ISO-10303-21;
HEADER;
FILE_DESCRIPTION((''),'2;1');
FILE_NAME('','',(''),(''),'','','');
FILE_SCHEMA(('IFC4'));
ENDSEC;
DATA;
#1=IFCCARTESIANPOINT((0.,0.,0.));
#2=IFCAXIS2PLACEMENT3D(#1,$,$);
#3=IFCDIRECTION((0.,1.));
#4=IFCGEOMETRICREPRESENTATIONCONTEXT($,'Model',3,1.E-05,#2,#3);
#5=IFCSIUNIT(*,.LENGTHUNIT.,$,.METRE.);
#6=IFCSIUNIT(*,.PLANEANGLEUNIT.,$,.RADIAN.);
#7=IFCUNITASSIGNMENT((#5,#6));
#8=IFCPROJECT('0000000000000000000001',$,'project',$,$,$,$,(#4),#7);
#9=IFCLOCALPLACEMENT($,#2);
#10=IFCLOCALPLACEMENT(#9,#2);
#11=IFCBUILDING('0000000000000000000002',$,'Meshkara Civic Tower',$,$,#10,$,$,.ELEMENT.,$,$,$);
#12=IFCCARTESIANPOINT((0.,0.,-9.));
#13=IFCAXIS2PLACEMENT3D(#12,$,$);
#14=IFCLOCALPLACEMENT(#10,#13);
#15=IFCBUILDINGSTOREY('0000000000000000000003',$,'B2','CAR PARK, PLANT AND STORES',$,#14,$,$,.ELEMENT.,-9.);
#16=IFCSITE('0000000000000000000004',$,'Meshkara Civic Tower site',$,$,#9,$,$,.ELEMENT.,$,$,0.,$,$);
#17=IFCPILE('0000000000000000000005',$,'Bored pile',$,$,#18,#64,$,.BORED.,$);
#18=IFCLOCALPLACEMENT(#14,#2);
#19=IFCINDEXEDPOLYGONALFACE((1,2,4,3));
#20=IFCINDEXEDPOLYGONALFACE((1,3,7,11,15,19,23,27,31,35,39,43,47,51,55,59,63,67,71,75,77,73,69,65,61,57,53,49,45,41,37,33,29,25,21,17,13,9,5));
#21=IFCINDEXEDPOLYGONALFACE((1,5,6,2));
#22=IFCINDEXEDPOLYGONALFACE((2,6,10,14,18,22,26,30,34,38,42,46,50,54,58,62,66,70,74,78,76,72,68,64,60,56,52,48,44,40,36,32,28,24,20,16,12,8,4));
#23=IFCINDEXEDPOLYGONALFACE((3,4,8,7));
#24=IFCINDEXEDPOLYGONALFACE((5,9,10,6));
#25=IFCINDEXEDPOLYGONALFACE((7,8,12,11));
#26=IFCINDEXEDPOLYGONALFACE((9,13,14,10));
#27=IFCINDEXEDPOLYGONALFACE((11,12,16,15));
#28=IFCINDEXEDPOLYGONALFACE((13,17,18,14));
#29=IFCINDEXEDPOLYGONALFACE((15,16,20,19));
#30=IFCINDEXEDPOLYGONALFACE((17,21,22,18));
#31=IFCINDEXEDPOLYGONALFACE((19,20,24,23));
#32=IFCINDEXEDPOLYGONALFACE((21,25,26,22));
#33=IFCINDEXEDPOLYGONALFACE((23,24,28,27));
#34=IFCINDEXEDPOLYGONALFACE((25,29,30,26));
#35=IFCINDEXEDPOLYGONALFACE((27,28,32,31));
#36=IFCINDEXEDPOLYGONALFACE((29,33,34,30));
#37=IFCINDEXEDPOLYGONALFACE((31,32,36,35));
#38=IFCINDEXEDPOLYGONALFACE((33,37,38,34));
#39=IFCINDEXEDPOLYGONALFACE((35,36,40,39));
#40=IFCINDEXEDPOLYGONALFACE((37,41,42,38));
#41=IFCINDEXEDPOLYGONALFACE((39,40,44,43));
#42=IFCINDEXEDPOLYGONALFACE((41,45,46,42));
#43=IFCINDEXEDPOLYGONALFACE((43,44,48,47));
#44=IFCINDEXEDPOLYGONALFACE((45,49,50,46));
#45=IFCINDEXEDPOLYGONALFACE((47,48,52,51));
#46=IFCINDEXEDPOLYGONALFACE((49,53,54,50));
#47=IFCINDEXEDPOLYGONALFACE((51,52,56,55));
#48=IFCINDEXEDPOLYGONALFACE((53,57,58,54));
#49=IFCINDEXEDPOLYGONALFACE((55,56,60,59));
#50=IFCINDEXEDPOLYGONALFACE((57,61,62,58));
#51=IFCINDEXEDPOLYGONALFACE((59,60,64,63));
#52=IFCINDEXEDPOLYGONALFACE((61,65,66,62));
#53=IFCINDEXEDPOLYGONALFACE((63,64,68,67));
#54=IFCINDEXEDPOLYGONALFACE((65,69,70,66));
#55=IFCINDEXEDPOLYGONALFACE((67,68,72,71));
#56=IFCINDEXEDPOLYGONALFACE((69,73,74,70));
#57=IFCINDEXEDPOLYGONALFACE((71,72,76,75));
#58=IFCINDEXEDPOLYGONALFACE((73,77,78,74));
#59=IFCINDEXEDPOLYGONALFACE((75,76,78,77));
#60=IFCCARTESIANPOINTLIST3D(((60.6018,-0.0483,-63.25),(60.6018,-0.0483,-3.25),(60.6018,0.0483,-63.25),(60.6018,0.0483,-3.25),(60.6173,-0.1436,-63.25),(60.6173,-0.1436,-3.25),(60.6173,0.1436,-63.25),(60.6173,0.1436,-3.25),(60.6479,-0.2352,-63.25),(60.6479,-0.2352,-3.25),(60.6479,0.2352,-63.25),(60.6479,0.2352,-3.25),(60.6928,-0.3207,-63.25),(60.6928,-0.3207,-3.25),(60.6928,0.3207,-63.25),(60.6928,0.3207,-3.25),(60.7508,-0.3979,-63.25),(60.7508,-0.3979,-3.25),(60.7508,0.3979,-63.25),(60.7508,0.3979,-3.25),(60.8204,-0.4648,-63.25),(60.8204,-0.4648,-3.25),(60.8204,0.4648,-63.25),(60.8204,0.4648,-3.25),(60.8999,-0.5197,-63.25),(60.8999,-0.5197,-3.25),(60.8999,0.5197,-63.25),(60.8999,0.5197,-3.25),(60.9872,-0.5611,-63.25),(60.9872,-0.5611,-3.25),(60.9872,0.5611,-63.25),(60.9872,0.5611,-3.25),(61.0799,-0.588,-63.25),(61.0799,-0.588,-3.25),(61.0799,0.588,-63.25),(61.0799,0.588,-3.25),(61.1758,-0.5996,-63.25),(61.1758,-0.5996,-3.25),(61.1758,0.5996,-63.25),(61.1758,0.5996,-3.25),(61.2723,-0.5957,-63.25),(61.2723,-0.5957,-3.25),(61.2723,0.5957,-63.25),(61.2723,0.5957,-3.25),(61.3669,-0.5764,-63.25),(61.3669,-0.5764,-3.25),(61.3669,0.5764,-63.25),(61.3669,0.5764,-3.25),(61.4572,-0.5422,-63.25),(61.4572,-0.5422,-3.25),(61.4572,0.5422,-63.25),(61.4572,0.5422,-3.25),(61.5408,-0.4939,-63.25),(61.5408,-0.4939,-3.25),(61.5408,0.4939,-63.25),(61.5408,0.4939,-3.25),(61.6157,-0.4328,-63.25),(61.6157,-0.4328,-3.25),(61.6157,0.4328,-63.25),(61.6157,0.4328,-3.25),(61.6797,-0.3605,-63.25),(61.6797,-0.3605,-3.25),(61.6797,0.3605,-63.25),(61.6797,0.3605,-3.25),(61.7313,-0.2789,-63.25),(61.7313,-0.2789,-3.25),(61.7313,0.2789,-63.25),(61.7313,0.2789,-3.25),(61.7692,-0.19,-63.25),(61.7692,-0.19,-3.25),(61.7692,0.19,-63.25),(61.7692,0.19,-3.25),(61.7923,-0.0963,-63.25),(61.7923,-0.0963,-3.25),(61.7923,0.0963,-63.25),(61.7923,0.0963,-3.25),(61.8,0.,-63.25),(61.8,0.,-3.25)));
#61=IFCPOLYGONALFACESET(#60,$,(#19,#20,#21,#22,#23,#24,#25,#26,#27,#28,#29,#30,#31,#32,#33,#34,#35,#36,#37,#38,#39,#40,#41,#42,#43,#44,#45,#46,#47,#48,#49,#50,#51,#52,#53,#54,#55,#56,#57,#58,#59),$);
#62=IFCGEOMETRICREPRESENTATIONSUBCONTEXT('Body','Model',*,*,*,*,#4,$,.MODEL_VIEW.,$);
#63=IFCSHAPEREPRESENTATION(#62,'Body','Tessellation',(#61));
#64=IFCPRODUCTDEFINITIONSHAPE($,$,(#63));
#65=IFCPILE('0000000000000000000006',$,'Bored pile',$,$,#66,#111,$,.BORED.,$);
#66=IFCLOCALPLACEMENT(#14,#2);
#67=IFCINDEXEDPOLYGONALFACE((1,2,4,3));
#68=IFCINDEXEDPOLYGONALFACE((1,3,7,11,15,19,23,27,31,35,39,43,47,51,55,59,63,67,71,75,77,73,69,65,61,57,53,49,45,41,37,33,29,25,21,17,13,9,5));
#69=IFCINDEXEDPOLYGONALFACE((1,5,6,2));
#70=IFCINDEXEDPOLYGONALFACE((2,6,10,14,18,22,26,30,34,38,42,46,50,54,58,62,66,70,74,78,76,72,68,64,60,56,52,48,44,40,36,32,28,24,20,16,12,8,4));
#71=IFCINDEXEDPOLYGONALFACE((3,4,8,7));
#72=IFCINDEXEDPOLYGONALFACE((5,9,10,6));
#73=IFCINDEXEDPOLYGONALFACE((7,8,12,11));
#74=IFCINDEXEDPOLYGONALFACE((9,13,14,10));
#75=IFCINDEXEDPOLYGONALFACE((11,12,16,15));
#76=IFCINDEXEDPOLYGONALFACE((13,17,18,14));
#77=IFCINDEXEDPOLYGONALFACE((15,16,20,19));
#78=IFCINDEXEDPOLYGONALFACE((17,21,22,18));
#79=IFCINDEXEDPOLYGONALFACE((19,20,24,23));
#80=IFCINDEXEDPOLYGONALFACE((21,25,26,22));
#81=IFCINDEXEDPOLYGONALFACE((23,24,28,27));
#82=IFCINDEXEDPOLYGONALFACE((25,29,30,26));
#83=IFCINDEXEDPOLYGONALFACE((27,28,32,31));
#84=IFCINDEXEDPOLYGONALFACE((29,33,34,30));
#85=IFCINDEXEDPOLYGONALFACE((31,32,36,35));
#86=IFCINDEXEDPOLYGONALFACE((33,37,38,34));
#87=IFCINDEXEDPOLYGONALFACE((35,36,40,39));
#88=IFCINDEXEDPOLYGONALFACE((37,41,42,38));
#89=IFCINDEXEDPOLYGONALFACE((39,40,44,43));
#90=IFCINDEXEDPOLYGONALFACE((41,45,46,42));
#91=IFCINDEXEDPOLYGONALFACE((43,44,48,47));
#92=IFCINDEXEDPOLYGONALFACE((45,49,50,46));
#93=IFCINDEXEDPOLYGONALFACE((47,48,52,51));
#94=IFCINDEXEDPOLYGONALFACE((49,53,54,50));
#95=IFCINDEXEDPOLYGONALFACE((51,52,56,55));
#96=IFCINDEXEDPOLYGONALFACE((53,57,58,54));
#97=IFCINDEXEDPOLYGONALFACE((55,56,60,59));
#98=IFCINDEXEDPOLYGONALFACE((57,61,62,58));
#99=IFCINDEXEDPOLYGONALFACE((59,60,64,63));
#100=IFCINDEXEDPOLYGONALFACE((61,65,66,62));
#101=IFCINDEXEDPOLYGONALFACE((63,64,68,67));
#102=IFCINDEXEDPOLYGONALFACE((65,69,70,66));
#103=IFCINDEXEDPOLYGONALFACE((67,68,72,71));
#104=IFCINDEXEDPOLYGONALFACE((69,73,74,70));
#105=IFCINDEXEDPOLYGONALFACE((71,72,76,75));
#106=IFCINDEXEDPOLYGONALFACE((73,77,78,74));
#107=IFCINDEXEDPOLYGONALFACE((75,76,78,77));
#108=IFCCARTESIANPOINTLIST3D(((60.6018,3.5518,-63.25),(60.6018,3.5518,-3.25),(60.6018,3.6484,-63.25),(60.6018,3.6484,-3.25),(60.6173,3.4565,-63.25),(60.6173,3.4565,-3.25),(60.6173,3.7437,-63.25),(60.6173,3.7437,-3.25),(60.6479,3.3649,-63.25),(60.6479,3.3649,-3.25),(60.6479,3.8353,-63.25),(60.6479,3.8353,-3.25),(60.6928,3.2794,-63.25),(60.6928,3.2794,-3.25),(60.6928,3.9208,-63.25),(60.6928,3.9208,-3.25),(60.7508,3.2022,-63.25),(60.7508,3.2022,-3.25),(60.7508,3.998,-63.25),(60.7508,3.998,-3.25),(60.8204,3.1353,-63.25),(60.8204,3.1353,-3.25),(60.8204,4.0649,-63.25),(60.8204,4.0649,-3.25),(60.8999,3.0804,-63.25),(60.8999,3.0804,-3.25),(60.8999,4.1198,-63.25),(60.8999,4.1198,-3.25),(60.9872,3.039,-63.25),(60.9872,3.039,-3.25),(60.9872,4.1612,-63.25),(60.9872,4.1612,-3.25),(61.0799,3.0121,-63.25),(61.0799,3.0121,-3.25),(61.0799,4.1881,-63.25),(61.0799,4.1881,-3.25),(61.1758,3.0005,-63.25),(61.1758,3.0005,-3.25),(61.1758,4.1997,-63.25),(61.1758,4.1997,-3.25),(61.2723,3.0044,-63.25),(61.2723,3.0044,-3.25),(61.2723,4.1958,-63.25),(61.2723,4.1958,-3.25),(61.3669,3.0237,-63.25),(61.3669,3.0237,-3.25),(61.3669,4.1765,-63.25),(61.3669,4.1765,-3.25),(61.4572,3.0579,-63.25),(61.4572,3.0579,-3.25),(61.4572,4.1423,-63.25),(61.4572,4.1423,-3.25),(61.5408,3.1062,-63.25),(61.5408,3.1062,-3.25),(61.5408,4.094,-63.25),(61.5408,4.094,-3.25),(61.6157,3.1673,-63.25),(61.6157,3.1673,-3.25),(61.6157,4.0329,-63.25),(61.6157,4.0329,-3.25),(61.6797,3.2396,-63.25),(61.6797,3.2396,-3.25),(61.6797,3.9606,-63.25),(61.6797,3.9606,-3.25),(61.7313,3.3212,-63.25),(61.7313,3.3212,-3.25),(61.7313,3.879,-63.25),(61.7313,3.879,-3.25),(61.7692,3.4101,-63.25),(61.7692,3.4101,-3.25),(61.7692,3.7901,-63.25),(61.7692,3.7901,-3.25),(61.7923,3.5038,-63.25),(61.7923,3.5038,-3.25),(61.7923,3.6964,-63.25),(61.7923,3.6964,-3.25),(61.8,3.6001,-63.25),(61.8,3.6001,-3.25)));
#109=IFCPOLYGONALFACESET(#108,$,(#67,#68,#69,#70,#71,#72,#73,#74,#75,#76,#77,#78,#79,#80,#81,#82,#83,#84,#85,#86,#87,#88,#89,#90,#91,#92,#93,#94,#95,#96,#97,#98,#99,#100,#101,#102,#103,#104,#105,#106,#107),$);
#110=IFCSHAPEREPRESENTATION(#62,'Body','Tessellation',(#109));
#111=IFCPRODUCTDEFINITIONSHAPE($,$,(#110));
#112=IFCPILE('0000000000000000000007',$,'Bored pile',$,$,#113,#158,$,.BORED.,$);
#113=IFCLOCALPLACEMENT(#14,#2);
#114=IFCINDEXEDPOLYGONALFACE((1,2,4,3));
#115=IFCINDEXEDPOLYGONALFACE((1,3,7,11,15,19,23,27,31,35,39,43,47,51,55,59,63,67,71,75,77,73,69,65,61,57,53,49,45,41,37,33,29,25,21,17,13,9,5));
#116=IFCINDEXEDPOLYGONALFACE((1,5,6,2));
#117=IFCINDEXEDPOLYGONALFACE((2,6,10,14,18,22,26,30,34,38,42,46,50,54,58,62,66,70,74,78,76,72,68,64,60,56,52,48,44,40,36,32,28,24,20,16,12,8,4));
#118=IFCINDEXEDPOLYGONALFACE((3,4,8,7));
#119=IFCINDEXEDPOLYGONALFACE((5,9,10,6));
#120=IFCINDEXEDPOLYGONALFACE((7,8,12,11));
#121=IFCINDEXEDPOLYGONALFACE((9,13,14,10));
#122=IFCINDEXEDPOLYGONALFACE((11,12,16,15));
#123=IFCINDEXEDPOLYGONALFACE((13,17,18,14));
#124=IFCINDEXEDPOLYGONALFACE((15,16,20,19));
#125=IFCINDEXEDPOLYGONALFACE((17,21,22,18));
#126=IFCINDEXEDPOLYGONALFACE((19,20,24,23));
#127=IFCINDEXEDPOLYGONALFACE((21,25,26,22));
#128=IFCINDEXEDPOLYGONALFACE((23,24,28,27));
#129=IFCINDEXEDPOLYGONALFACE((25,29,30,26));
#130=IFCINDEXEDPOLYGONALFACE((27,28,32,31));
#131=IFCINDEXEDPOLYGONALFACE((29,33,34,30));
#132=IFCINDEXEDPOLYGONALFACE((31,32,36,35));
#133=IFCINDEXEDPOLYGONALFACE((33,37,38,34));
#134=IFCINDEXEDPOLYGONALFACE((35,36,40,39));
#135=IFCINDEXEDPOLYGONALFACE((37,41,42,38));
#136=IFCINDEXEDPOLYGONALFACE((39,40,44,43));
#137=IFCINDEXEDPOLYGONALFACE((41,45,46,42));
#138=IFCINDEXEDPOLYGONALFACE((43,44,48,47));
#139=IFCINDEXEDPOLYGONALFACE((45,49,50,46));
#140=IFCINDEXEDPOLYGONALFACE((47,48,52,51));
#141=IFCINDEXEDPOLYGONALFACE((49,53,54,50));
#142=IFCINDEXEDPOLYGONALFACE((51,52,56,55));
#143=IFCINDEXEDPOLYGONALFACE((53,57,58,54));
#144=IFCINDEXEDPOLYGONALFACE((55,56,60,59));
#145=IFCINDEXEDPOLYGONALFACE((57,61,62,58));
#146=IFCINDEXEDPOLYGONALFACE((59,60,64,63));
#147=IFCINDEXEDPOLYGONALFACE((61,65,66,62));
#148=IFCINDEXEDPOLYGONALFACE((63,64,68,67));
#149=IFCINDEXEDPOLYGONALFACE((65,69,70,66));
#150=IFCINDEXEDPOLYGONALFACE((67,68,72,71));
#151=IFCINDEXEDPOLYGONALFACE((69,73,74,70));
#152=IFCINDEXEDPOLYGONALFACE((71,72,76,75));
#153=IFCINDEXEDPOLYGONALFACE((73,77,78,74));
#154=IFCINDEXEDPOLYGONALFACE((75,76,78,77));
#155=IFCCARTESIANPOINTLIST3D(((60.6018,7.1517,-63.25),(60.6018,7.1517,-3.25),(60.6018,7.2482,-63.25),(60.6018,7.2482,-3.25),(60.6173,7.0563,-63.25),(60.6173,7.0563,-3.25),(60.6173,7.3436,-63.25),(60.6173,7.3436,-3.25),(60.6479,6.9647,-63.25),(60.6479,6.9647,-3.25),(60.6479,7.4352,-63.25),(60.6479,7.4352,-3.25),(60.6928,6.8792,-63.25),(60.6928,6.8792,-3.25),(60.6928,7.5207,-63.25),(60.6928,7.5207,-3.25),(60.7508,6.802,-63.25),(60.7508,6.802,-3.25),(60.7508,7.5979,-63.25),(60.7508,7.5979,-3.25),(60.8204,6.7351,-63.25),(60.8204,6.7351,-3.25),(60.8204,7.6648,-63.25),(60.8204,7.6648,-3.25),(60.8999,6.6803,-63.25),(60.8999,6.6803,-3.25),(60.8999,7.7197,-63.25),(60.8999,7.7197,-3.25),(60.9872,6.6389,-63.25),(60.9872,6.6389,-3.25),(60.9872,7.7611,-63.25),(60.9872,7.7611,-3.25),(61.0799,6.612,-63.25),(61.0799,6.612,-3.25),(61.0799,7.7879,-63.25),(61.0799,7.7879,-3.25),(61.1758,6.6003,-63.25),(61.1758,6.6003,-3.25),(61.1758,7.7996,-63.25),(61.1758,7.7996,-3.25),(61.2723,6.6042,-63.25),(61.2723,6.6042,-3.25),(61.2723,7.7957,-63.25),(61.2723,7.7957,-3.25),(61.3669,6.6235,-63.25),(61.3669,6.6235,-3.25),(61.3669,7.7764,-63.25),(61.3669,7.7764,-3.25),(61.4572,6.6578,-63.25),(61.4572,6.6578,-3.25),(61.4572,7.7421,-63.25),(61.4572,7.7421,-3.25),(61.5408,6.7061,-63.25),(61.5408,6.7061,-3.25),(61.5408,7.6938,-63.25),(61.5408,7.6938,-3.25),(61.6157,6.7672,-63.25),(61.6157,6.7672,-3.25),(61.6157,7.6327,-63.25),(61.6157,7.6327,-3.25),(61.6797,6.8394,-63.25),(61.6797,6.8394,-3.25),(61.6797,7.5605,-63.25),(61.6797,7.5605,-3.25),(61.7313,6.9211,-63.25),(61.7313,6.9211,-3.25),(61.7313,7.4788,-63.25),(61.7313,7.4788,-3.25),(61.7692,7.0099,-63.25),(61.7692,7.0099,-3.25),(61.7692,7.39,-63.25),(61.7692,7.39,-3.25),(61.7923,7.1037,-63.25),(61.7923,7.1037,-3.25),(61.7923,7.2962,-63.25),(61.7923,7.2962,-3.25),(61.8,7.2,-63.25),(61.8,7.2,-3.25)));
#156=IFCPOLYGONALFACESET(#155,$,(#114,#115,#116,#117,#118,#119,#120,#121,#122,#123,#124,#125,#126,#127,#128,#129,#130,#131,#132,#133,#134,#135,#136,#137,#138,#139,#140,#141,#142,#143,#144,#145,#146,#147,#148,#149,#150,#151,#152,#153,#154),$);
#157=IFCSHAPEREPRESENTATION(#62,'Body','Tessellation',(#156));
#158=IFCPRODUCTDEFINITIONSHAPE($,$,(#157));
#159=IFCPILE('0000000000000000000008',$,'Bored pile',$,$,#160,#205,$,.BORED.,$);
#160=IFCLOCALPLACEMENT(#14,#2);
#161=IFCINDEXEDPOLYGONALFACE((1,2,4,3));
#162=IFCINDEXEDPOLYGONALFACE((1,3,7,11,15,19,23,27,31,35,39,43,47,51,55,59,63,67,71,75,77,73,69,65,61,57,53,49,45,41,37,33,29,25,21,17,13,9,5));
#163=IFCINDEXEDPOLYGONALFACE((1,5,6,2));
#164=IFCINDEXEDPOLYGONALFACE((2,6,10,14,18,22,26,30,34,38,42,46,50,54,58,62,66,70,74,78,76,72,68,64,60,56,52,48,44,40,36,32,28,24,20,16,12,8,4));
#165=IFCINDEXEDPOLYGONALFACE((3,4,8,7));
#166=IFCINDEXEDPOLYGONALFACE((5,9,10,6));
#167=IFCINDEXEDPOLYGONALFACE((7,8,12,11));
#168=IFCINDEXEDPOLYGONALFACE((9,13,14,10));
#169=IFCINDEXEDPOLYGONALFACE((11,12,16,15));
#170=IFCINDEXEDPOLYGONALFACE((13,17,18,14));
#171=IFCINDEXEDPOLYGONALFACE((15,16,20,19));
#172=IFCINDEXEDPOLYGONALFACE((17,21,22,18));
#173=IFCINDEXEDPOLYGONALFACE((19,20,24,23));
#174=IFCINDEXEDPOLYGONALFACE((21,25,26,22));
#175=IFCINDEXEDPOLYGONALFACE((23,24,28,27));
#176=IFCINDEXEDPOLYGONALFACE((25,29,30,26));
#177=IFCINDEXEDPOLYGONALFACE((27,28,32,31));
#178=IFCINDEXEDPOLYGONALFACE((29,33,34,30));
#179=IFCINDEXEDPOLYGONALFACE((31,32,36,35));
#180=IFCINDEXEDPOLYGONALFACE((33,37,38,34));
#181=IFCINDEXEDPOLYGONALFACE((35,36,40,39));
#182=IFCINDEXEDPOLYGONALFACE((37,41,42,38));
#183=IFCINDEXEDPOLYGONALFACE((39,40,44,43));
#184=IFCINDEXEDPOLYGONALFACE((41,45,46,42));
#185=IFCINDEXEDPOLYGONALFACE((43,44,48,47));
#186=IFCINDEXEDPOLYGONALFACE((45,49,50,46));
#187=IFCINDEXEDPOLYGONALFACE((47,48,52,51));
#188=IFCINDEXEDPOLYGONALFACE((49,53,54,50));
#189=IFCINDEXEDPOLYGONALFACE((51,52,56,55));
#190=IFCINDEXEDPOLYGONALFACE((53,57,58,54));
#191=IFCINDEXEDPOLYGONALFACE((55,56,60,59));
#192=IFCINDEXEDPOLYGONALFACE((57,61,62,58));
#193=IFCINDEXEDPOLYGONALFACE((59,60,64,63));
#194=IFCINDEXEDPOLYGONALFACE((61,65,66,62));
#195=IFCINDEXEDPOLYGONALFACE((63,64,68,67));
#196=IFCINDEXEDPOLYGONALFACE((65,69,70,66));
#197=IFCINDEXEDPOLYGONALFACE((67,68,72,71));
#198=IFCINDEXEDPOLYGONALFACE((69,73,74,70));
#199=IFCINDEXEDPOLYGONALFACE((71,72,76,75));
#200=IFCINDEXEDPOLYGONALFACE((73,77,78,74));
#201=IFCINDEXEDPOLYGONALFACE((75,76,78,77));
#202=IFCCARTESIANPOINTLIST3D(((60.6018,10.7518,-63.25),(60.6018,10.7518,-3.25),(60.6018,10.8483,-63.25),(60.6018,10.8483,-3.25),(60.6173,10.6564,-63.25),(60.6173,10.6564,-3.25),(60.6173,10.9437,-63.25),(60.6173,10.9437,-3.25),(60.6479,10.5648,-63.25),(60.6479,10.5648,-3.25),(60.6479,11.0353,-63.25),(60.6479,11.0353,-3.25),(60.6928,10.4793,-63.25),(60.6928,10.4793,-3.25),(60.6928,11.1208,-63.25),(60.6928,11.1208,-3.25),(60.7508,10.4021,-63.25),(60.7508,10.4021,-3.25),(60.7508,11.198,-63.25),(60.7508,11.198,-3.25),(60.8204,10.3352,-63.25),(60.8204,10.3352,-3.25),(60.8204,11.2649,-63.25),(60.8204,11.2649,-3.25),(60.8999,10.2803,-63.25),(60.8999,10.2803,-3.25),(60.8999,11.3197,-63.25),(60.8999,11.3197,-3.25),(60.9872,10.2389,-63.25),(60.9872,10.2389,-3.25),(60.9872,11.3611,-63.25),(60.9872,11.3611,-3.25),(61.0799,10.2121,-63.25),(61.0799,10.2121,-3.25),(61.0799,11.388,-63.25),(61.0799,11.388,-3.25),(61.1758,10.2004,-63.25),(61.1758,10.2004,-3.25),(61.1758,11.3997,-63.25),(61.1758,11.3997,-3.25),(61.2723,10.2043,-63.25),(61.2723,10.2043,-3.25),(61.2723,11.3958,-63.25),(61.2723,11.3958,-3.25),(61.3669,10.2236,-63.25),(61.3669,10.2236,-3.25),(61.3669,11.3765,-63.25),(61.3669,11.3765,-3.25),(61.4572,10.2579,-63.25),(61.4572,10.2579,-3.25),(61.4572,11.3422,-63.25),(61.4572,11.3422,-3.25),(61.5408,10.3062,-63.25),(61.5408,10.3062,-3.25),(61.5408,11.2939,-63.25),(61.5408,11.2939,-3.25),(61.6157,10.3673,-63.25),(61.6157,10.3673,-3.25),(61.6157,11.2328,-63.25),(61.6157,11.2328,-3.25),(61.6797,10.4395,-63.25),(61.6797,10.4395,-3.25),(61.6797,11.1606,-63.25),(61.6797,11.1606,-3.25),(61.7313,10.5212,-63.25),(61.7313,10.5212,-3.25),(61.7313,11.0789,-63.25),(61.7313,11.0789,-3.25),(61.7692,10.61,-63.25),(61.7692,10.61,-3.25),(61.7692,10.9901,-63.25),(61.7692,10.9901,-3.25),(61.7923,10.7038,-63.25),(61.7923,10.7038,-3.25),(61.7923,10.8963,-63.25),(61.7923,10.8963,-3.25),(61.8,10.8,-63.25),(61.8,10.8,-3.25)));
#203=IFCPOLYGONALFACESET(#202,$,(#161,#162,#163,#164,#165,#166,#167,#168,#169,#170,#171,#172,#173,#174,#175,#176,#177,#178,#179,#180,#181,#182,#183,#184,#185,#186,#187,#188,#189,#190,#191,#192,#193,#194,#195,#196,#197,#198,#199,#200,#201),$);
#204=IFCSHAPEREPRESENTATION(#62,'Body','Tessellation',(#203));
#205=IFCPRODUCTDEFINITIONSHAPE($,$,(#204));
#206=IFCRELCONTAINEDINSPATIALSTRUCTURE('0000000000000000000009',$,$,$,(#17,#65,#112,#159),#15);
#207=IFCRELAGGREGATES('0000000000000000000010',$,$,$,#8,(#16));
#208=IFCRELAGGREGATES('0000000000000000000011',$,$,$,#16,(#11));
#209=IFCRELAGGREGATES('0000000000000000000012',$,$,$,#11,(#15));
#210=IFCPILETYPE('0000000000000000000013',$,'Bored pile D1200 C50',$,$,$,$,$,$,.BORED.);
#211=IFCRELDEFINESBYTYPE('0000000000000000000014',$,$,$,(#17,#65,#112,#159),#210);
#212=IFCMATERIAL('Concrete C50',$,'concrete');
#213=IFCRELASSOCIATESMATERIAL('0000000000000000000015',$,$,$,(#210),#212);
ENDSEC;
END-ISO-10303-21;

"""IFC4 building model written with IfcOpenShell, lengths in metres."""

from ifc_helpers import new_model, si_unit, direction, frame, origin, origin_2d, place, context, subcontext, project, spatial, circle, extrude, material, material_profile, profile_set, type_object, element, save


model = new_model("IFC4")

# Units and contexts
model_context = context("Model", 3, precision=1e-05, world=origin(), true_north=direction((0.0, 1.0)))
body_context = subcontext(model_context, "Body", "Model", "MODEL_VIEW")
ifc_project = project(units=[si_unit("LENGTHUNIT", "METRE"), si_unit("PLANEANGLEUNIT", "RADIAN")], contexts=[model_context])

# Site, building, storey
site_placement = place(None, origin())
site = spatial("IfcSite", under=ifc_project, at=site_placement, Name="Meshkara Civic Tower site", CompositionType="ELEMENT", RefElevation=0.0)
building_placement = place(site_placement, origin())
building = spatial("IfcBuilding", under=site, at=building_placement, Name="Meshkara Civic Tower", CompositionType="ELEMENT")
storey_placement = place(building_placement, frame((0.0, 0.0, -9.0)))
storey = spatial("IfcBuildingStorey", under=building, at=storey_placement, Name="B2", Description="CAR PARK, PLANT AND STORES", CompositionType="ELEMENT", Elevation=-9.0)

# Piles
ifc_material_1 = material(Name="Concrete C50", Category="concrete")
ifc_material_profile_1 = material_profile(ifc_material_1, circle(Radius=0.6001, at=origin_2d()))
ifc_profile_set_1 = profile_set([ifc_material_profile_1], Name="Concrete C50")
pile_type = type_object("IfcPileType", Name="Bored pile D1200 C50", PredefinedType="BORED", material=ifc_profile_set_1)
for number, where, z_axis, x_axis, name in (
    (1, (61.2, 0.0, -3.25), (0.0, 0.0, -1.0), (1.0, 0.0, 0.0), "Bored pile"),
    (2, (61.2, 3.6001, -3.25), (0.0, 0.0, -1.0), (1.0, 0.0, 0.0), "Bored pile"),
    (3, (61.2, 7.2, -3.25), (0.0, 0.0, -1.0), (1.0, 0.0, 0.0), "Bored pile"),
    (4, (61.2, 10.8, -3.25), (0.0, 0.0, -1.0), (1.0, 0.0, 0.0), "Bored pile"),
):
    element("IfcPile", number, at=place(storey_placement, frame(where, z_axis=z_axis, x_axis=x_axis)), inside=storey, type_object=pile_type, Name=name, PredefinedType="BORED", context=body_context, shape_type="SweptSolid", body=[
        extrude(circle(Radius=0.6001, at=origin_2d()), origin(), (0.0, 0.0, 1.0), 60.0),
    ])

save(model, "model.ifc")
